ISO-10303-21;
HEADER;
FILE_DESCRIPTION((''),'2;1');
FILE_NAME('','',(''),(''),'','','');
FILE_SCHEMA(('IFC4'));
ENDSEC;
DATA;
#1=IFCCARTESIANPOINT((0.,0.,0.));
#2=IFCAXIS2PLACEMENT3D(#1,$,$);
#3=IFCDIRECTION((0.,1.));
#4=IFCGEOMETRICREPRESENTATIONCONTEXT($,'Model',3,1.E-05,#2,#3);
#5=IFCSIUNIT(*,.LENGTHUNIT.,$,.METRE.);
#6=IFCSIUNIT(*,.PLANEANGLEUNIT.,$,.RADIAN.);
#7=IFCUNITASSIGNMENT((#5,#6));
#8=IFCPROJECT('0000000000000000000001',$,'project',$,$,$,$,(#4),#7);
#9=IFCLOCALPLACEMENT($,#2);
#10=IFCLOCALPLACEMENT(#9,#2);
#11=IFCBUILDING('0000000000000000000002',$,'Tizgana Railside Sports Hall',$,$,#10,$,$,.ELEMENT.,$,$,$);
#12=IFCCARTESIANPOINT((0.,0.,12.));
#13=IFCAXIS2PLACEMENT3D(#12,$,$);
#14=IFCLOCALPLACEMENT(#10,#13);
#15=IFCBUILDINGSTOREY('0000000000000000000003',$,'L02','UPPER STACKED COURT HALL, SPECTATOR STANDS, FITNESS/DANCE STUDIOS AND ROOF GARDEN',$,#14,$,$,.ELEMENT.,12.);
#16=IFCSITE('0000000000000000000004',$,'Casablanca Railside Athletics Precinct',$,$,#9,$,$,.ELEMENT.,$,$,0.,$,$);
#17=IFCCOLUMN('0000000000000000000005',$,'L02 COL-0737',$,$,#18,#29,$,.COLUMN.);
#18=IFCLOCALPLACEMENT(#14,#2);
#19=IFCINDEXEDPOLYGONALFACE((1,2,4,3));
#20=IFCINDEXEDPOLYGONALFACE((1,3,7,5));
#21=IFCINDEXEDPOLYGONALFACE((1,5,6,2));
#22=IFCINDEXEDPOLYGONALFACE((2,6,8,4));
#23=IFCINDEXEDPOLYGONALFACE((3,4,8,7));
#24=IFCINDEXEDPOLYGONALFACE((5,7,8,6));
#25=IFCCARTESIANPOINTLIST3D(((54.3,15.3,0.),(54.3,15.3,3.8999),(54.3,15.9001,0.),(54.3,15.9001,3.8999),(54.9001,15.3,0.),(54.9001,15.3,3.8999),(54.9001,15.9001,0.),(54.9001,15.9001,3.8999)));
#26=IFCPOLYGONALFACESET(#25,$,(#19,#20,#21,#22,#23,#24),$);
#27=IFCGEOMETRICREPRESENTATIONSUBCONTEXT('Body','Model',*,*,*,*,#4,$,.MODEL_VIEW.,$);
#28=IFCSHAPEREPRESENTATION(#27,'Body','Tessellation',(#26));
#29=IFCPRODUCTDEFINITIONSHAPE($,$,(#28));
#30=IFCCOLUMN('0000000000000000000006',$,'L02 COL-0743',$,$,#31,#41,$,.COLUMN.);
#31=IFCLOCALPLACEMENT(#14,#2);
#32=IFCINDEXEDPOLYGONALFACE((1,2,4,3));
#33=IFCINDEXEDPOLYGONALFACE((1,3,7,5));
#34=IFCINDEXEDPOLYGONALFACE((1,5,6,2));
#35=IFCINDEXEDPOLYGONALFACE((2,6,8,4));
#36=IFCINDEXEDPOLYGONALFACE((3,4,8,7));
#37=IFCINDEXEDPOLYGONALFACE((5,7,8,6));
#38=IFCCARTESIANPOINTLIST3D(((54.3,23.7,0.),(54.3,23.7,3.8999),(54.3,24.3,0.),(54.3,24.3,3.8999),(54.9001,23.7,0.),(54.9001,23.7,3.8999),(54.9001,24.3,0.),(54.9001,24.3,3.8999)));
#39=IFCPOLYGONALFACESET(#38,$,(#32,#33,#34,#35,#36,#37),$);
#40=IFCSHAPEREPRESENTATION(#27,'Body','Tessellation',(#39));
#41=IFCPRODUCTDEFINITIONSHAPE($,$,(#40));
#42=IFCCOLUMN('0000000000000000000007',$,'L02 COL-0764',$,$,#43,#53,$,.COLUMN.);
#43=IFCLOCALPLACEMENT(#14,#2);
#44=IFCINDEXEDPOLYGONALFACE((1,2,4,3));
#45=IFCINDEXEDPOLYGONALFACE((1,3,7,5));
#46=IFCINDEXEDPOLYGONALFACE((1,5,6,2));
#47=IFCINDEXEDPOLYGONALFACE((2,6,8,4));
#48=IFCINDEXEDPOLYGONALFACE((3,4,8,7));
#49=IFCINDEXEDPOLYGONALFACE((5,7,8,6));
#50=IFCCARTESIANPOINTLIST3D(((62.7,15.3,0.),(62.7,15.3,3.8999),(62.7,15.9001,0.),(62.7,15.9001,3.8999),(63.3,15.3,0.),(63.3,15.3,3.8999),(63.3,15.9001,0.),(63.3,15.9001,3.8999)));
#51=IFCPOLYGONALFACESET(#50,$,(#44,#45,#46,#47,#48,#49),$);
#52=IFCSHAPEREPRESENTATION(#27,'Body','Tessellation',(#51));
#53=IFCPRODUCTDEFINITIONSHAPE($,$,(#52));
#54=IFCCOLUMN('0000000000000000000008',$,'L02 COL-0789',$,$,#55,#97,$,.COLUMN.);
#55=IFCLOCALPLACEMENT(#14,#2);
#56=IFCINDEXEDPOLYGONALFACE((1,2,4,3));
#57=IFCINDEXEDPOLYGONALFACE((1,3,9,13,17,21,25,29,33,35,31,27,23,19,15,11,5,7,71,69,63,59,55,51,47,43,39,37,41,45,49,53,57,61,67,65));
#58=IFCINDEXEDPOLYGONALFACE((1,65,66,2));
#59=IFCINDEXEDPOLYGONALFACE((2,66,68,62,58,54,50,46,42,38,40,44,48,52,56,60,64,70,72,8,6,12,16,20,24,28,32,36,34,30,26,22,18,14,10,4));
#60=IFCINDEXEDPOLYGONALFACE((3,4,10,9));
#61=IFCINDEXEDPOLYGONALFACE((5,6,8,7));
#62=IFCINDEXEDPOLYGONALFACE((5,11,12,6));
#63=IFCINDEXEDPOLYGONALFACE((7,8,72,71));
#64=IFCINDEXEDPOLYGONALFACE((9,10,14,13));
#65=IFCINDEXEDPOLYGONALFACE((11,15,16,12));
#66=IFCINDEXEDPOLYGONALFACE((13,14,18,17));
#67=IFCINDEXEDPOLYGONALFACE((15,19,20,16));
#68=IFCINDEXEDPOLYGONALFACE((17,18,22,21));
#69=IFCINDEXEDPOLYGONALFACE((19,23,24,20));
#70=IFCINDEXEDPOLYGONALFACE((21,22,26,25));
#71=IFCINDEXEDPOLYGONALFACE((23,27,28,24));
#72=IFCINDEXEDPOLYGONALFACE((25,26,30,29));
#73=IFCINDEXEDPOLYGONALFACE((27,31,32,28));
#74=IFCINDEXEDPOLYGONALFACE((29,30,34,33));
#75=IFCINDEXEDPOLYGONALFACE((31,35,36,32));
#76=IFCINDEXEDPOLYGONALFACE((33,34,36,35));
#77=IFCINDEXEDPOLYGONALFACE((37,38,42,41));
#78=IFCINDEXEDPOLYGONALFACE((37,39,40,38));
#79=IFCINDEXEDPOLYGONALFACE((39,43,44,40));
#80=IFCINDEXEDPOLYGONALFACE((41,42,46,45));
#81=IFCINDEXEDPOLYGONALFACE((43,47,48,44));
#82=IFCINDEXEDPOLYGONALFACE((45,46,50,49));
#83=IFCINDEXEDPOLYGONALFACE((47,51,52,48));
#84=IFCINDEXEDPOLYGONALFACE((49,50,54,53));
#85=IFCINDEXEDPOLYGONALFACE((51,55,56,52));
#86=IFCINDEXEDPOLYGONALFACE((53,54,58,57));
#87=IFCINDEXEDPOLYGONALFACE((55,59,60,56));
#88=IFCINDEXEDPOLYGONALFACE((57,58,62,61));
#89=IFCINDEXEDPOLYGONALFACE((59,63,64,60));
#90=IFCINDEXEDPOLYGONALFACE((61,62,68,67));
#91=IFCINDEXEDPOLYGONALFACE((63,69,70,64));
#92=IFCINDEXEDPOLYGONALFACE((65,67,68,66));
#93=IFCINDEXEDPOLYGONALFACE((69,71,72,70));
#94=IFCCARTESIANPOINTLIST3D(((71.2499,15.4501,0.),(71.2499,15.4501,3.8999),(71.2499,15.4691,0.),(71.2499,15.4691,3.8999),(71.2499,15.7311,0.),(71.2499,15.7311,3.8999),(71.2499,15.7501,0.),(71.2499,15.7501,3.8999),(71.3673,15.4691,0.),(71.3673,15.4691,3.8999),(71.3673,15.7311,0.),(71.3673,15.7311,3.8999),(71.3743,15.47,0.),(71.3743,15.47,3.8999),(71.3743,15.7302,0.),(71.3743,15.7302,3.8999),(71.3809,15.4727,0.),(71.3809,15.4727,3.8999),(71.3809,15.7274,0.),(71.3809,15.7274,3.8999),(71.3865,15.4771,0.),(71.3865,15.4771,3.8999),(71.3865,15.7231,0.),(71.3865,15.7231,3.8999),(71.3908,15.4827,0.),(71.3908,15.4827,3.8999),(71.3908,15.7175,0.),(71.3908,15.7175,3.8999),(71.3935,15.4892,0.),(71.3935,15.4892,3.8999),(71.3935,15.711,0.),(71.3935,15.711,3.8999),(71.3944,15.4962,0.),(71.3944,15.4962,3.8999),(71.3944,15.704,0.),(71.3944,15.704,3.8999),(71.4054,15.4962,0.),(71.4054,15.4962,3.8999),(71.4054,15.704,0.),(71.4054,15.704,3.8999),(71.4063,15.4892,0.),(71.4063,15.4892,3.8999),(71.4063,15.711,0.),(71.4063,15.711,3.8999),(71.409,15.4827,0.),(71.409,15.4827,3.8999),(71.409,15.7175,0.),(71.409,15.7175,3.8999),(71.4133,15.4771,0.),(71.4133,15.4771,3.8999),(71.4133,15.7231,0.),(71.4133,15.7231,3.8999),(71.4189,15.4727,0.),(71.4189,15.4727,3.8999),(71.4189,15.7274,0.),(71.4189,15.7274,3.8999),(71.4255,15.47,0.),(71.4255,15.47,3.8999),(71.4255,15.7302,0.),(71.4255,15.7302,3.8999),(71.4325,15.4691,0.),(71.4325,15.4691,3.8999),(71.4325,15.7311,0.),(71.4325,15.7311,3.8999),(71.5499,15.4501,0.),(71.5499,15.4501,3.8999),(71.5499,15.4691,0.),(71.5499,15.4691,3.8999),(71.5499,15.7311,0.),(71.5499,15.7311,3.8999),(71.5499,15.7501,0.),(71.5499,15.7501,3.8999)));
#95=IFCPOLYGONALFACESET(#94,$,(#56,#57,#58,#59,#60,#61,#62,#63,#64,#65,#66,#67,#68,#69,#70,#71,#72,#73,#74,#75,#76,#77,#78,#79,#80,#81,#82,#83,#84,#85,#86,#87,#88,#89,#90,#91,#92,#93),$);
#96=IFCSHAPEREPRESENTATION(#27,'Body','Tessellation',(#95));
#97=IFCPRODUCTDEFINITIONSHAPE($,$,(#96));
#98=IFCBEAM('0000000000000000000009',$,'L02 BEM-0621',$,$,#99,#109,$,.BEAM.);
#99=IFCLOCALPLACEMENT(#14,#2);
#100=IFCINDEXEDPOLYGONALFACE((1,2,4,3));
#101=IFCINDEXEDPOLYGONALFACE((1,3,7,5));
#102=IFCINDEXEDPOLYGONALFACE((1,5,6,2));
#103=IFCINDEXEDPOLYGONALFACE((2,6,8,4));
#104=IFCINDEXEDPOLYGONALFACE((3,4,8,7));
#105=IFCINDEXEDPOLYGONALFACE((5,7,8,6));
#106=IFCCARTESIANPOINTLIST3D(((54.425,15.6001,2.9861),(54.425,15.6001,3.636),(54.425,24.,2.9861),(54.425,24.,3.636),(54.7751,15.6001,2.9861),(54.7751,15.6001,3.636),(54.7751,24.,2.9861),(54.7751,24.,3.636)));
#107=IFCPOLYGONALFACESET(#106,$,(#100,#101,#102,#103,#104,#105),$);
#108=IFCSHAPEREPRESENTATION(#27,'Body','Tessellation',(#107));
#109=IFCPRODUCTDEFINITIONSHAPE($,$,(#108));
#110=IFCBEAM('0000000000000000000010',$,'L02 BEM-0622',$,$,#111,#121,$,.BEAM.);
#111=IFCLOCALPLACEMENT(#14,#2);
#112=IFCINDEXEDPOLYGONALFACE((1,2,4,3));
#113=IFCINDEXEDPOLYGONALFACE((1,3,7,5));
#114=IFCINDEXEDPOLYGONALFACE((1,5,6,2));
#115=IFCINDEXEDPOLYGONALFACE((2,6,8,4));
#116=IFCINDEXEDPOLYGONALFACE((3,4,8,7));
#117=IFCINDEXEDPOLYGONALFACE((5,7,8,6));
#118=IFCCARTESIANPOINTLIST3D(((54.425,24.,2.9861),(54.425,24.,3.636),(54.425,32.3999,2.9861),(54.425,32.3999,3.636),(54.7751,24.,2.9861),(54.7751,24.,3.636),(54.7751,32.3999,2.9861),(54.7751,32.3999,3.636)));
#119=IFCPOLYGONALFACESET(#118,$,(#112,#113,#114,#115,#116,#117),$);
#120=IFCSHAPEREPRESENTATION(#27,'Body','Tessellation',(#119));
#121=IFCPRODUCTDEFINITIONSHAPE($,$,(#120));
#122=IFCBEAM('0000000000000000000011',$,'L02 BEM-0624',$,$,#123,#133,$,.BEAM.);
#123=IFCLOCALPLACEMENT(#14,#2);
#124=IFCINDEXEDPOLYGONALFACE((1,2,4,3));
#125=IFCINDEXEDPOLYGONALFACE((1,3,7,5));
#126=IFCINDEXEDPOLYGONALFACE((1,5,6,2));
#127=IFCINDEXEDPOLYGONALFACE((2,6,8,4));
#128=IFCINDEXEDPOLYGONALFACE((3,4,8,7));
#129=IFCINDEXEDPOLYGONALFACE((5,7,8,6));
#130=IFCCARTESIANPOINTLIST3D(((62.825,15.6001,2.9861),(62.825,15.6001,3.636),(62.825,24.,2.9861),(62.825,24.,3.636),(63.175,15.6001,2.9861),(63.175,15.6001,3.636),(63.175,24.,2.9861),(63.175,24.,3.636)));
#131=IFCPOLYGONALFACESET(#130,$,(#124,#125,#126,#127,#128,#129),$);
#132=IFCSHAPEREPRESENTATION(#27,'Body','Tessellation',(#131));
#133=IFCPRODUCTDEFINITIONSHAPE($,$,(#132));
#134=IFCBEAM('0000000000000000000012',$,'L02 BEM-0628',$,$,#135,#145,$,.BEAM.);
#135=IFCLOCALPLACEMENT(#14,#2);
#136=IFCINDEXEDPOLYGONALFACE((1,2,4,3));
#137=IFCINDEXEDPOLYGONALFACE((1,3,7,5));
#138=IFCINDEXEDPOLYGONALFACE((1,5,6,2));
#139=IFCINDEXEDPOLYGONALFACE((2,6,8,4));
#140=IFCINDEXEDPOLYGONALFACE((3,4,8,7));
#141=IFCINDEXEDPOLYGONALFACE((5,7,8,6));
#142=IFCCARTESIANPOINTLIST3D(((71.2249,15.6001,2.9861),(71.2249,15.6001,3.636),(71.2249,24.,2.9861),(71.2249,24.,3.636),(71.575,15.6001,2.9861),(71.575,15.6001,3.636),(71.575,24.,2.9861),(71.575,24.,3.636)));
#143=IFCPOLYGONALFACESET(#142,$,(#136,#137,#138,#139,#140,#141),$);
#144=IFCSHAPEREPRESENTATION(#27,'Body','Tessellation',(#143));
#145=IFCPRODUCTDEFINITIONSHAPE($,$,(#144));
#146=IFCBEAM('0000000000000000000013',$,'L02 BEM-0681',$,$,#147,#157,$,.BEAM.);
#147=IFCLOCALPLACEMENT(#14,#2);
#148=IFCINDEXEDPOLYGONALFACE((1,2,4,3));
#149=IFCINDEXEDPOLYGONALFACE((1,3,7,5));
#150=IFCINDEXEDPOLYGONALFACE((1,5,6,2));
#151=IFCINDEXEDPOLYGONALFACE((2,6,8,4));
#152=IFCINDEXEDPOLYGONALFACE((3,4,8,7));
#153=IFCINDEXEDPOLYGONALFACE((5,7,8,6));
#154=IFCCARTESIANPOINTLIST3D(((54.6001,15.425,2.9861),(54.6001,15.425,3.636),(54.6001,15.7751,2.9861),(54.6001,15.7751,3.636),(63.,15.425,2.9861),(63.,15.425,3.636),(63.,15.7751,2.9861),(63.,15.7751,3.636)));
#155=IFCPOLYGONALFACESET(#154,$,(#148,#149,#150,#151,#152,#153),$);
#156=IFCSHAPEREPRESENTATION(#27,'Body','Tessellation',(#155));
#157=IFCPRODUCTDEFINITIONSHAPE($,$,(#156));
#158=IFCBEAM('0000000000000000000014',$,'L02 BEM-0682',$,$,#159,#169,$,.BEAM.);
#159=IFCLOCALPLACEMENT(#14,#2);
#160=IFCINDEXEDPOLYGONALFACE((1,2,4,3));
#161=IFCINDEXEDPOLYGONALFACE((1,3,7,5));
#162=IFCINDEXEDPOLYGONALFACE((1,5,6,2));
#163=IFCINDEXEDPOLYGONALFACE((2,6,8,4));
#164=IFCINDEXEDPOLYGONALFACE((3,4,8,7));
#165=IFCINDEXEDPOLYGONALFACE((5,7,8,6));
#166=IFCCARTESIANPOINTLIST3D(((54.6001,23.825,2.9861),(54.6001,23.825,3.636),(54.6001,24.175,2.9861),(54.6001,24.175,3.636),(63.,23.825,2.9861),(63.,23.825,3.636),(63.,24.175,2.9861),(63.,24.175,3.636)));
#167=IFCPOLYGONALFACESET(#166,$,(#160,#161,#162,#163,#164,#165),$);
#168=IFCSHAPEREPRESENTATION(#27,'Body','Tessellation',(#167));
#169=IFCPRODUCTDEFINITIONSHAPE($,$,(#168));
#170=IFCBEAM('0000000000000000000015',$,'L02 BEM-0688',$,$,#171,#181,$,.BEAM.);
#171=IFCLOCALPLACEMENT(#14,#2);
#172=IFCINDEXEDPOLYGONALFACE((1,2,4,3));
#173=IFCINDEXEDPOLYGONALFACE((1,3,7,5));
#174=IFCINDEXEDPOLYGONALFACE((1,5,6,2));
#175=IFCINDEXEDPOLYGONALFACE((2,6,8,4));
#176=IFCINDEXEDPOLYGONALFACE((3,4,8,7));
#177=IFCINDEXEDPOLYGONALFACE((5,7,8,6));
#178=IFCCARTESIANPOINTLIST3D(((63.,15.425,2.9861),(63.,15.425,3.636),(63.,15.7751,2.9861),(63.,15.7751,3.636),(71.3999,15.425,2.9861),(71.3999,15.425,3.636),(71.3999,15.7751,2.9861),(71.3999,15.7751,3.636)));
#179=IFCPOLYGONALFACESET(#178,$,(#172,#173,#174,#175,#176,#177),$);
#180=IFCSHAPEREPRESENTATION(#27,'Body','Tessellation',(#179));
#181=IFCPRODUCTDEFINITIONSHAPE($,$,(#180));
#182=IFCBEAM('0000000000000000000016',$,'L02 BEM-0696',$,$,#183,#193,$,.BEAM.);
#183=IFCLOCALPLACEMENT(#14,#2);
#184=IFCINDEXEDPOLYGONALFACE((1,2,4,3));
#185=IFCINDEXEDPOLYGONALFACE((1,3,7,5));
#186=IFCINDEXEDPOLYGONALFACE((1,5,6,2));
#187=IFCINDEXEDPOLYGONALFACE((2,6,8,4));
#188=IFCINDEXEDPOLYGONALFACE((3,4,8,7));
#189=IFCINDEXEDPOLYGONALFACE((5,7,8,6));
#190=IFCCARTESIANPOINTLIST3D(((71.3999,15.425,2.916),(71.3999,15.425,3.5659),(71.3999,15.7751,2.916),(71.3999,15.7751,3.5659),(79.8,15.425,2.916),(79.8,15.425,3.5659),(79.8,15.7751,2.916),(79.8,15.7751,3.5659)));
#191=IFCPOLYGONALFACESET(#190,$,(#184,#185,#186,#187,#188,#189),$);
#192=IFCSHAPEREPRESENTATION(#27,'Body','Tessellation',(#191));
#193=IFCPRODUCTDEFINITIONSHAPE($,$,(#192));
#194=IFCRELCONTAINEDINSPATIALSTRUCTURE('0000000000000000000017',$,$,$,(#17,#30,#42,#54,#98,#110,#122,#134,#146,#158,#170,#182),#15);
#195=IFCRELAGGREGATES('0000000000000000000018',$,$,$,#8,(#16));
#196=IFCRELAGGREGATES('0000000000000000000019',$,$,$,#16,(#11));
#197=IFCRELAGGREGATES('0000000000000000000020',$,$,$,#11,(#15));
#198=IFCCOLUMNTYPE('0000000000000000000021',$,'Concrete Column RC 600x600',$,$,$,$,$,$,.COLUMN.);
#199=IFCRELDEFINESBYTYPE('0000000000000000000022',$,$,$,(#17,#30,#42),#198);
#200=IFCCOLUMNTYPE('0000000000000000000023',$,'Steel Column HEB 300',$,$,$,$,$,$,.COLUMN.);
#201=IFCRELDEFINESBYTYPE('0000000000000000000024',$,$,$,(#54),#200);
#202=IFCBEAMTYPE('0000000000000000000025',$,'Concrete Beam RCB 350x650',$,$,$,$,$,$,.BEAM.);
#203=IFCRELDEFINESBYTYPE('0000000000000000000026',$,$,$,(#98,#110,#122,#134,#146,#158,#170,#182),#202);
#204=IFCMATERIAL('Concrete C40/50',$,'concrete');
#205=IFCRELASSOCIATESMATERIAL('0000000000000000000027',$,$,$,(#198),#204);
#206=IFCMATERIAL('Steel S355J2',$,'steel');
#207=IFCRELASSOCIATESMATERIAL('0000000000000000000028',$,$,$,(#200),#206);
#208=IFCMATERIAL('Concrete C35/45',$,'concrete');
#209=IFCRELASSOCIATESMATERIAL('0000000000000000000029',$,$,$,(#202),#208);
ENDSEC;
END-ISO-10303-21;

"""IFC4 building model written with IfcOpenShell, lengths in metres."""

from ifc_helpers import new_model, si_unit, direction, frame, origin, origin_2d, place, context, subcontext, project, spatial, rectangle, i_section, extrude, material, material_profile, profile_set, type_object, element, save


model = new_model("IFC4")

# Units and contexts
model_context = context("Model", 3, precision=1e-05, world=origin(), true_north=direction((0.0, 1.0)))
body_context = subcontext(model_context, "Body", "Model", "MODEL_VIEW")
ifc_project = project(units=[si_unit("LENGTHUNIT", "METRE"), si_unit("PLANEANGLEUNIT", "RADIAN")], contexts=[model_context])

# Site, building, storey
site_placement = place(None, origin())
site = spatial("IfcSite", under=ifc_project, at=site_placement, Name="Casablanca Railside Athletics Precinct", CompositionType="ELEMENT", RefElevation=0.0)
building_placement = place(site_placement, origin())
building = spatial("IfcBuilding", under=site, at=building_placement, Name="Tizgana Railside Sports Hall", CompositionType="ELEMENT")
storey_placement = place(building_placement, frame((0.0, 0.0, 12.0)))
storey = spatial("IfcBuildingStorey", under=building, at=storey_placement, Name="L02", Description="UPPER STACKED COURT HALL, SPECTATOR STANDS, FITNESS/DANCE STUDIOS AND ROOF GARDEN", CompositionType="ELEMENT", Elevation=12.0)

# Columns
ifc_material_1 = material(Name="Concrete C40/50", Category="concrete")
ifc_material_profile_1 = material_profile(ifc_material_1, rectangle(XDim=0.6001, YDim=0.6001, at=origin_2d()), Name="RC 600x600")
ifc_profile_set_1 = profile_set([ifc_material_profile_1], Name="Concrete C40/50")
column_type_1 = type_object("IfcColumnType", Name="Concrete Column RC 600x600", PredefinedType="COLUMN", material=ifc_profile_set_1)
for number, where, z_axis, x_axis, name in (
    (1, (54.6001, 15.6001, 0.0), (0.0, 0.0, 1.0), (1.0, 0.0, 0.0), "L02 COL-0737"),
    (2, (54.6001, 24.0, 0.0), (0.0, 0.0, 1.0), (1.0, 0.0, 0.0), "L02 COL-0743"),
    (3, (63.0, 15.6001, 0.0), (0.0, 0.0, 1.0), (1.0, 0.0, 0.0), "L02 COL-0764"),
):
    element("IfcColumn", number, at=place(storey_placement, frame(where, z_axis=z_axis, x_axis=x_axis)), inside=storey, type_object=column_type_1, Name=name, PredefinedType="COLUMN", context=body_context, shape_type="SweptSolid", body=[
        extrude(rectangle(XDim=0.6001, YDim=0.6001, at=origin_2d()), origin(), (0.0, 0.0, 1.0), 3.8999),
    ])
ifc_material_2 = material(Name="Steel S355J2", Category="steel")
ifc_material_profile_2 = material_profile(ifc_material_2, i_section(OverallWidth=0.3, OverallDepth=0.3, WebThickness=0.011, FlangeThickness=0.019, FilletRadius=0.0271, at=origin_2d()), Name="HEB 300")
ifc_profile_set_2 = profile_set([ifc_material_profile_2], Name="Steel S355J2")
column_type_2 = type_object("IfcColumnType", Name="Steel Column HEB 300", PredefinedType="COLUMN", material=ifc_profile_set_2)
column_placement = place(storey_placement, frame((71.3999, 15.6001, 0.0), z_axis=(0.0, 0.0, 1.0), x_axis=(1.0, 0.0, 0.0)))
element("IfcColumn", 4, at=column_placement, inside=storey, type_object=column_type_2, Name="L02 COL-0789", PredefinedType="COLUMN", context=body_context, shape_type="SweptSolid", body=[
    extrude(i_section(OverallWidth=0.3, OverallDepth=0.3, WebThickness=0.011, FlangeThickness=0.019, FilletRadius=0.0271, at=origin_2d()), origin(), (0.0, 0.0, 1.0), 3.8999),
])

# Beams
ifc_material_3 = material(Name="Concrete C35/45", Category="concrete")
ifc_material_profile_3 = material_profile(ifc_material_3, rectangle(XDim=0.3501, YDim=0.6499, at=origin_2d()), Name="RCB 350x650")
ifc_profile_set_3 = profile_set([ifc_material_profile_3], Name="Concrete C35/45")
beam_type_1 = type_object("IfcBeamType", Name="Concrete Beam RCB 350x650", PredefinedType="BEAM", material=ifc_profile_set_3)
for number, where, z_axis, x_axis, name in (
    (5, (54.6001, 15.6001, 3.311), (0.0, 1.0, 0.0), (-1.0, 0.0, 0.0), "L02 BEM-0621"),
    (6, (54.6001, 24.0, 3.311), (0.0, 1.0, 0.0), (-1.0, 0.0, 0.0), "L02 BEM-0622"),
    (7, (63.0, 15.6001, 3.311), (0.0, 1.0, 0.0), (-1.0, 0.0, 0.0), "L02 BEM-0624"),
    (8, (71.3999, 15.6001, 3.311), (0.0, 1.0, 0.0), (-1.0, 0.0, 0.0), "L02 BEM-0628"),
    (9, (54.6001, 15.6001, 3.311), (1.0, 0.0, 0.0), (0.0, 1.0, 0.0), "L02 BEM-0681"),
    (10, (54.6001, 24.0, 3.311), (1.0, 0.0, 0.0), (0.0, 1.0, 0.0), "L02 BEM-0682"),
    (11, (63.0, 15.6001, 3.311), (1.0, 0.0, 0.0), (0.0, 1.0, 0.0), "L02 BEM-0688"),
):
    element("IfcBeam", number, at=place(storey_placement, frame(where, z_axis=z_axis, x_axis=x_axis)), inside=storey, type_object=beam_type_1, Name=name, PredefinedType="BEAM", context=body_context, shape_type="SweptSolid", body=[
        extrude(rectangle(XDim=0.3501, YDim=0.6499, at=origin_2d()), origin(), (0.0, 0.0, 1.0), 8.3999),
    ])
beam_1_placement = place(storey_placement, frame((71.3999, 15.6001, 3.241), z_axis=(1.0, 0.0, 0.0), x_axis=(0.0, 1.0, 0.0)))
element("IfcBeam", 12, at=beam_1_placement, inside=storey, type_object=beam_type_1, Name="L02 BEM-0696", PredefinedType="BEAM", context=body_context, shape_type="SweptSolid", body=[
    extrude(rectangle(XDim=0.3501, YDim=0.6499, at=origin_2d()), origin(), (0.0, 0.0, 1.0), 8.4001),
])

save(model, "model.ifc")
